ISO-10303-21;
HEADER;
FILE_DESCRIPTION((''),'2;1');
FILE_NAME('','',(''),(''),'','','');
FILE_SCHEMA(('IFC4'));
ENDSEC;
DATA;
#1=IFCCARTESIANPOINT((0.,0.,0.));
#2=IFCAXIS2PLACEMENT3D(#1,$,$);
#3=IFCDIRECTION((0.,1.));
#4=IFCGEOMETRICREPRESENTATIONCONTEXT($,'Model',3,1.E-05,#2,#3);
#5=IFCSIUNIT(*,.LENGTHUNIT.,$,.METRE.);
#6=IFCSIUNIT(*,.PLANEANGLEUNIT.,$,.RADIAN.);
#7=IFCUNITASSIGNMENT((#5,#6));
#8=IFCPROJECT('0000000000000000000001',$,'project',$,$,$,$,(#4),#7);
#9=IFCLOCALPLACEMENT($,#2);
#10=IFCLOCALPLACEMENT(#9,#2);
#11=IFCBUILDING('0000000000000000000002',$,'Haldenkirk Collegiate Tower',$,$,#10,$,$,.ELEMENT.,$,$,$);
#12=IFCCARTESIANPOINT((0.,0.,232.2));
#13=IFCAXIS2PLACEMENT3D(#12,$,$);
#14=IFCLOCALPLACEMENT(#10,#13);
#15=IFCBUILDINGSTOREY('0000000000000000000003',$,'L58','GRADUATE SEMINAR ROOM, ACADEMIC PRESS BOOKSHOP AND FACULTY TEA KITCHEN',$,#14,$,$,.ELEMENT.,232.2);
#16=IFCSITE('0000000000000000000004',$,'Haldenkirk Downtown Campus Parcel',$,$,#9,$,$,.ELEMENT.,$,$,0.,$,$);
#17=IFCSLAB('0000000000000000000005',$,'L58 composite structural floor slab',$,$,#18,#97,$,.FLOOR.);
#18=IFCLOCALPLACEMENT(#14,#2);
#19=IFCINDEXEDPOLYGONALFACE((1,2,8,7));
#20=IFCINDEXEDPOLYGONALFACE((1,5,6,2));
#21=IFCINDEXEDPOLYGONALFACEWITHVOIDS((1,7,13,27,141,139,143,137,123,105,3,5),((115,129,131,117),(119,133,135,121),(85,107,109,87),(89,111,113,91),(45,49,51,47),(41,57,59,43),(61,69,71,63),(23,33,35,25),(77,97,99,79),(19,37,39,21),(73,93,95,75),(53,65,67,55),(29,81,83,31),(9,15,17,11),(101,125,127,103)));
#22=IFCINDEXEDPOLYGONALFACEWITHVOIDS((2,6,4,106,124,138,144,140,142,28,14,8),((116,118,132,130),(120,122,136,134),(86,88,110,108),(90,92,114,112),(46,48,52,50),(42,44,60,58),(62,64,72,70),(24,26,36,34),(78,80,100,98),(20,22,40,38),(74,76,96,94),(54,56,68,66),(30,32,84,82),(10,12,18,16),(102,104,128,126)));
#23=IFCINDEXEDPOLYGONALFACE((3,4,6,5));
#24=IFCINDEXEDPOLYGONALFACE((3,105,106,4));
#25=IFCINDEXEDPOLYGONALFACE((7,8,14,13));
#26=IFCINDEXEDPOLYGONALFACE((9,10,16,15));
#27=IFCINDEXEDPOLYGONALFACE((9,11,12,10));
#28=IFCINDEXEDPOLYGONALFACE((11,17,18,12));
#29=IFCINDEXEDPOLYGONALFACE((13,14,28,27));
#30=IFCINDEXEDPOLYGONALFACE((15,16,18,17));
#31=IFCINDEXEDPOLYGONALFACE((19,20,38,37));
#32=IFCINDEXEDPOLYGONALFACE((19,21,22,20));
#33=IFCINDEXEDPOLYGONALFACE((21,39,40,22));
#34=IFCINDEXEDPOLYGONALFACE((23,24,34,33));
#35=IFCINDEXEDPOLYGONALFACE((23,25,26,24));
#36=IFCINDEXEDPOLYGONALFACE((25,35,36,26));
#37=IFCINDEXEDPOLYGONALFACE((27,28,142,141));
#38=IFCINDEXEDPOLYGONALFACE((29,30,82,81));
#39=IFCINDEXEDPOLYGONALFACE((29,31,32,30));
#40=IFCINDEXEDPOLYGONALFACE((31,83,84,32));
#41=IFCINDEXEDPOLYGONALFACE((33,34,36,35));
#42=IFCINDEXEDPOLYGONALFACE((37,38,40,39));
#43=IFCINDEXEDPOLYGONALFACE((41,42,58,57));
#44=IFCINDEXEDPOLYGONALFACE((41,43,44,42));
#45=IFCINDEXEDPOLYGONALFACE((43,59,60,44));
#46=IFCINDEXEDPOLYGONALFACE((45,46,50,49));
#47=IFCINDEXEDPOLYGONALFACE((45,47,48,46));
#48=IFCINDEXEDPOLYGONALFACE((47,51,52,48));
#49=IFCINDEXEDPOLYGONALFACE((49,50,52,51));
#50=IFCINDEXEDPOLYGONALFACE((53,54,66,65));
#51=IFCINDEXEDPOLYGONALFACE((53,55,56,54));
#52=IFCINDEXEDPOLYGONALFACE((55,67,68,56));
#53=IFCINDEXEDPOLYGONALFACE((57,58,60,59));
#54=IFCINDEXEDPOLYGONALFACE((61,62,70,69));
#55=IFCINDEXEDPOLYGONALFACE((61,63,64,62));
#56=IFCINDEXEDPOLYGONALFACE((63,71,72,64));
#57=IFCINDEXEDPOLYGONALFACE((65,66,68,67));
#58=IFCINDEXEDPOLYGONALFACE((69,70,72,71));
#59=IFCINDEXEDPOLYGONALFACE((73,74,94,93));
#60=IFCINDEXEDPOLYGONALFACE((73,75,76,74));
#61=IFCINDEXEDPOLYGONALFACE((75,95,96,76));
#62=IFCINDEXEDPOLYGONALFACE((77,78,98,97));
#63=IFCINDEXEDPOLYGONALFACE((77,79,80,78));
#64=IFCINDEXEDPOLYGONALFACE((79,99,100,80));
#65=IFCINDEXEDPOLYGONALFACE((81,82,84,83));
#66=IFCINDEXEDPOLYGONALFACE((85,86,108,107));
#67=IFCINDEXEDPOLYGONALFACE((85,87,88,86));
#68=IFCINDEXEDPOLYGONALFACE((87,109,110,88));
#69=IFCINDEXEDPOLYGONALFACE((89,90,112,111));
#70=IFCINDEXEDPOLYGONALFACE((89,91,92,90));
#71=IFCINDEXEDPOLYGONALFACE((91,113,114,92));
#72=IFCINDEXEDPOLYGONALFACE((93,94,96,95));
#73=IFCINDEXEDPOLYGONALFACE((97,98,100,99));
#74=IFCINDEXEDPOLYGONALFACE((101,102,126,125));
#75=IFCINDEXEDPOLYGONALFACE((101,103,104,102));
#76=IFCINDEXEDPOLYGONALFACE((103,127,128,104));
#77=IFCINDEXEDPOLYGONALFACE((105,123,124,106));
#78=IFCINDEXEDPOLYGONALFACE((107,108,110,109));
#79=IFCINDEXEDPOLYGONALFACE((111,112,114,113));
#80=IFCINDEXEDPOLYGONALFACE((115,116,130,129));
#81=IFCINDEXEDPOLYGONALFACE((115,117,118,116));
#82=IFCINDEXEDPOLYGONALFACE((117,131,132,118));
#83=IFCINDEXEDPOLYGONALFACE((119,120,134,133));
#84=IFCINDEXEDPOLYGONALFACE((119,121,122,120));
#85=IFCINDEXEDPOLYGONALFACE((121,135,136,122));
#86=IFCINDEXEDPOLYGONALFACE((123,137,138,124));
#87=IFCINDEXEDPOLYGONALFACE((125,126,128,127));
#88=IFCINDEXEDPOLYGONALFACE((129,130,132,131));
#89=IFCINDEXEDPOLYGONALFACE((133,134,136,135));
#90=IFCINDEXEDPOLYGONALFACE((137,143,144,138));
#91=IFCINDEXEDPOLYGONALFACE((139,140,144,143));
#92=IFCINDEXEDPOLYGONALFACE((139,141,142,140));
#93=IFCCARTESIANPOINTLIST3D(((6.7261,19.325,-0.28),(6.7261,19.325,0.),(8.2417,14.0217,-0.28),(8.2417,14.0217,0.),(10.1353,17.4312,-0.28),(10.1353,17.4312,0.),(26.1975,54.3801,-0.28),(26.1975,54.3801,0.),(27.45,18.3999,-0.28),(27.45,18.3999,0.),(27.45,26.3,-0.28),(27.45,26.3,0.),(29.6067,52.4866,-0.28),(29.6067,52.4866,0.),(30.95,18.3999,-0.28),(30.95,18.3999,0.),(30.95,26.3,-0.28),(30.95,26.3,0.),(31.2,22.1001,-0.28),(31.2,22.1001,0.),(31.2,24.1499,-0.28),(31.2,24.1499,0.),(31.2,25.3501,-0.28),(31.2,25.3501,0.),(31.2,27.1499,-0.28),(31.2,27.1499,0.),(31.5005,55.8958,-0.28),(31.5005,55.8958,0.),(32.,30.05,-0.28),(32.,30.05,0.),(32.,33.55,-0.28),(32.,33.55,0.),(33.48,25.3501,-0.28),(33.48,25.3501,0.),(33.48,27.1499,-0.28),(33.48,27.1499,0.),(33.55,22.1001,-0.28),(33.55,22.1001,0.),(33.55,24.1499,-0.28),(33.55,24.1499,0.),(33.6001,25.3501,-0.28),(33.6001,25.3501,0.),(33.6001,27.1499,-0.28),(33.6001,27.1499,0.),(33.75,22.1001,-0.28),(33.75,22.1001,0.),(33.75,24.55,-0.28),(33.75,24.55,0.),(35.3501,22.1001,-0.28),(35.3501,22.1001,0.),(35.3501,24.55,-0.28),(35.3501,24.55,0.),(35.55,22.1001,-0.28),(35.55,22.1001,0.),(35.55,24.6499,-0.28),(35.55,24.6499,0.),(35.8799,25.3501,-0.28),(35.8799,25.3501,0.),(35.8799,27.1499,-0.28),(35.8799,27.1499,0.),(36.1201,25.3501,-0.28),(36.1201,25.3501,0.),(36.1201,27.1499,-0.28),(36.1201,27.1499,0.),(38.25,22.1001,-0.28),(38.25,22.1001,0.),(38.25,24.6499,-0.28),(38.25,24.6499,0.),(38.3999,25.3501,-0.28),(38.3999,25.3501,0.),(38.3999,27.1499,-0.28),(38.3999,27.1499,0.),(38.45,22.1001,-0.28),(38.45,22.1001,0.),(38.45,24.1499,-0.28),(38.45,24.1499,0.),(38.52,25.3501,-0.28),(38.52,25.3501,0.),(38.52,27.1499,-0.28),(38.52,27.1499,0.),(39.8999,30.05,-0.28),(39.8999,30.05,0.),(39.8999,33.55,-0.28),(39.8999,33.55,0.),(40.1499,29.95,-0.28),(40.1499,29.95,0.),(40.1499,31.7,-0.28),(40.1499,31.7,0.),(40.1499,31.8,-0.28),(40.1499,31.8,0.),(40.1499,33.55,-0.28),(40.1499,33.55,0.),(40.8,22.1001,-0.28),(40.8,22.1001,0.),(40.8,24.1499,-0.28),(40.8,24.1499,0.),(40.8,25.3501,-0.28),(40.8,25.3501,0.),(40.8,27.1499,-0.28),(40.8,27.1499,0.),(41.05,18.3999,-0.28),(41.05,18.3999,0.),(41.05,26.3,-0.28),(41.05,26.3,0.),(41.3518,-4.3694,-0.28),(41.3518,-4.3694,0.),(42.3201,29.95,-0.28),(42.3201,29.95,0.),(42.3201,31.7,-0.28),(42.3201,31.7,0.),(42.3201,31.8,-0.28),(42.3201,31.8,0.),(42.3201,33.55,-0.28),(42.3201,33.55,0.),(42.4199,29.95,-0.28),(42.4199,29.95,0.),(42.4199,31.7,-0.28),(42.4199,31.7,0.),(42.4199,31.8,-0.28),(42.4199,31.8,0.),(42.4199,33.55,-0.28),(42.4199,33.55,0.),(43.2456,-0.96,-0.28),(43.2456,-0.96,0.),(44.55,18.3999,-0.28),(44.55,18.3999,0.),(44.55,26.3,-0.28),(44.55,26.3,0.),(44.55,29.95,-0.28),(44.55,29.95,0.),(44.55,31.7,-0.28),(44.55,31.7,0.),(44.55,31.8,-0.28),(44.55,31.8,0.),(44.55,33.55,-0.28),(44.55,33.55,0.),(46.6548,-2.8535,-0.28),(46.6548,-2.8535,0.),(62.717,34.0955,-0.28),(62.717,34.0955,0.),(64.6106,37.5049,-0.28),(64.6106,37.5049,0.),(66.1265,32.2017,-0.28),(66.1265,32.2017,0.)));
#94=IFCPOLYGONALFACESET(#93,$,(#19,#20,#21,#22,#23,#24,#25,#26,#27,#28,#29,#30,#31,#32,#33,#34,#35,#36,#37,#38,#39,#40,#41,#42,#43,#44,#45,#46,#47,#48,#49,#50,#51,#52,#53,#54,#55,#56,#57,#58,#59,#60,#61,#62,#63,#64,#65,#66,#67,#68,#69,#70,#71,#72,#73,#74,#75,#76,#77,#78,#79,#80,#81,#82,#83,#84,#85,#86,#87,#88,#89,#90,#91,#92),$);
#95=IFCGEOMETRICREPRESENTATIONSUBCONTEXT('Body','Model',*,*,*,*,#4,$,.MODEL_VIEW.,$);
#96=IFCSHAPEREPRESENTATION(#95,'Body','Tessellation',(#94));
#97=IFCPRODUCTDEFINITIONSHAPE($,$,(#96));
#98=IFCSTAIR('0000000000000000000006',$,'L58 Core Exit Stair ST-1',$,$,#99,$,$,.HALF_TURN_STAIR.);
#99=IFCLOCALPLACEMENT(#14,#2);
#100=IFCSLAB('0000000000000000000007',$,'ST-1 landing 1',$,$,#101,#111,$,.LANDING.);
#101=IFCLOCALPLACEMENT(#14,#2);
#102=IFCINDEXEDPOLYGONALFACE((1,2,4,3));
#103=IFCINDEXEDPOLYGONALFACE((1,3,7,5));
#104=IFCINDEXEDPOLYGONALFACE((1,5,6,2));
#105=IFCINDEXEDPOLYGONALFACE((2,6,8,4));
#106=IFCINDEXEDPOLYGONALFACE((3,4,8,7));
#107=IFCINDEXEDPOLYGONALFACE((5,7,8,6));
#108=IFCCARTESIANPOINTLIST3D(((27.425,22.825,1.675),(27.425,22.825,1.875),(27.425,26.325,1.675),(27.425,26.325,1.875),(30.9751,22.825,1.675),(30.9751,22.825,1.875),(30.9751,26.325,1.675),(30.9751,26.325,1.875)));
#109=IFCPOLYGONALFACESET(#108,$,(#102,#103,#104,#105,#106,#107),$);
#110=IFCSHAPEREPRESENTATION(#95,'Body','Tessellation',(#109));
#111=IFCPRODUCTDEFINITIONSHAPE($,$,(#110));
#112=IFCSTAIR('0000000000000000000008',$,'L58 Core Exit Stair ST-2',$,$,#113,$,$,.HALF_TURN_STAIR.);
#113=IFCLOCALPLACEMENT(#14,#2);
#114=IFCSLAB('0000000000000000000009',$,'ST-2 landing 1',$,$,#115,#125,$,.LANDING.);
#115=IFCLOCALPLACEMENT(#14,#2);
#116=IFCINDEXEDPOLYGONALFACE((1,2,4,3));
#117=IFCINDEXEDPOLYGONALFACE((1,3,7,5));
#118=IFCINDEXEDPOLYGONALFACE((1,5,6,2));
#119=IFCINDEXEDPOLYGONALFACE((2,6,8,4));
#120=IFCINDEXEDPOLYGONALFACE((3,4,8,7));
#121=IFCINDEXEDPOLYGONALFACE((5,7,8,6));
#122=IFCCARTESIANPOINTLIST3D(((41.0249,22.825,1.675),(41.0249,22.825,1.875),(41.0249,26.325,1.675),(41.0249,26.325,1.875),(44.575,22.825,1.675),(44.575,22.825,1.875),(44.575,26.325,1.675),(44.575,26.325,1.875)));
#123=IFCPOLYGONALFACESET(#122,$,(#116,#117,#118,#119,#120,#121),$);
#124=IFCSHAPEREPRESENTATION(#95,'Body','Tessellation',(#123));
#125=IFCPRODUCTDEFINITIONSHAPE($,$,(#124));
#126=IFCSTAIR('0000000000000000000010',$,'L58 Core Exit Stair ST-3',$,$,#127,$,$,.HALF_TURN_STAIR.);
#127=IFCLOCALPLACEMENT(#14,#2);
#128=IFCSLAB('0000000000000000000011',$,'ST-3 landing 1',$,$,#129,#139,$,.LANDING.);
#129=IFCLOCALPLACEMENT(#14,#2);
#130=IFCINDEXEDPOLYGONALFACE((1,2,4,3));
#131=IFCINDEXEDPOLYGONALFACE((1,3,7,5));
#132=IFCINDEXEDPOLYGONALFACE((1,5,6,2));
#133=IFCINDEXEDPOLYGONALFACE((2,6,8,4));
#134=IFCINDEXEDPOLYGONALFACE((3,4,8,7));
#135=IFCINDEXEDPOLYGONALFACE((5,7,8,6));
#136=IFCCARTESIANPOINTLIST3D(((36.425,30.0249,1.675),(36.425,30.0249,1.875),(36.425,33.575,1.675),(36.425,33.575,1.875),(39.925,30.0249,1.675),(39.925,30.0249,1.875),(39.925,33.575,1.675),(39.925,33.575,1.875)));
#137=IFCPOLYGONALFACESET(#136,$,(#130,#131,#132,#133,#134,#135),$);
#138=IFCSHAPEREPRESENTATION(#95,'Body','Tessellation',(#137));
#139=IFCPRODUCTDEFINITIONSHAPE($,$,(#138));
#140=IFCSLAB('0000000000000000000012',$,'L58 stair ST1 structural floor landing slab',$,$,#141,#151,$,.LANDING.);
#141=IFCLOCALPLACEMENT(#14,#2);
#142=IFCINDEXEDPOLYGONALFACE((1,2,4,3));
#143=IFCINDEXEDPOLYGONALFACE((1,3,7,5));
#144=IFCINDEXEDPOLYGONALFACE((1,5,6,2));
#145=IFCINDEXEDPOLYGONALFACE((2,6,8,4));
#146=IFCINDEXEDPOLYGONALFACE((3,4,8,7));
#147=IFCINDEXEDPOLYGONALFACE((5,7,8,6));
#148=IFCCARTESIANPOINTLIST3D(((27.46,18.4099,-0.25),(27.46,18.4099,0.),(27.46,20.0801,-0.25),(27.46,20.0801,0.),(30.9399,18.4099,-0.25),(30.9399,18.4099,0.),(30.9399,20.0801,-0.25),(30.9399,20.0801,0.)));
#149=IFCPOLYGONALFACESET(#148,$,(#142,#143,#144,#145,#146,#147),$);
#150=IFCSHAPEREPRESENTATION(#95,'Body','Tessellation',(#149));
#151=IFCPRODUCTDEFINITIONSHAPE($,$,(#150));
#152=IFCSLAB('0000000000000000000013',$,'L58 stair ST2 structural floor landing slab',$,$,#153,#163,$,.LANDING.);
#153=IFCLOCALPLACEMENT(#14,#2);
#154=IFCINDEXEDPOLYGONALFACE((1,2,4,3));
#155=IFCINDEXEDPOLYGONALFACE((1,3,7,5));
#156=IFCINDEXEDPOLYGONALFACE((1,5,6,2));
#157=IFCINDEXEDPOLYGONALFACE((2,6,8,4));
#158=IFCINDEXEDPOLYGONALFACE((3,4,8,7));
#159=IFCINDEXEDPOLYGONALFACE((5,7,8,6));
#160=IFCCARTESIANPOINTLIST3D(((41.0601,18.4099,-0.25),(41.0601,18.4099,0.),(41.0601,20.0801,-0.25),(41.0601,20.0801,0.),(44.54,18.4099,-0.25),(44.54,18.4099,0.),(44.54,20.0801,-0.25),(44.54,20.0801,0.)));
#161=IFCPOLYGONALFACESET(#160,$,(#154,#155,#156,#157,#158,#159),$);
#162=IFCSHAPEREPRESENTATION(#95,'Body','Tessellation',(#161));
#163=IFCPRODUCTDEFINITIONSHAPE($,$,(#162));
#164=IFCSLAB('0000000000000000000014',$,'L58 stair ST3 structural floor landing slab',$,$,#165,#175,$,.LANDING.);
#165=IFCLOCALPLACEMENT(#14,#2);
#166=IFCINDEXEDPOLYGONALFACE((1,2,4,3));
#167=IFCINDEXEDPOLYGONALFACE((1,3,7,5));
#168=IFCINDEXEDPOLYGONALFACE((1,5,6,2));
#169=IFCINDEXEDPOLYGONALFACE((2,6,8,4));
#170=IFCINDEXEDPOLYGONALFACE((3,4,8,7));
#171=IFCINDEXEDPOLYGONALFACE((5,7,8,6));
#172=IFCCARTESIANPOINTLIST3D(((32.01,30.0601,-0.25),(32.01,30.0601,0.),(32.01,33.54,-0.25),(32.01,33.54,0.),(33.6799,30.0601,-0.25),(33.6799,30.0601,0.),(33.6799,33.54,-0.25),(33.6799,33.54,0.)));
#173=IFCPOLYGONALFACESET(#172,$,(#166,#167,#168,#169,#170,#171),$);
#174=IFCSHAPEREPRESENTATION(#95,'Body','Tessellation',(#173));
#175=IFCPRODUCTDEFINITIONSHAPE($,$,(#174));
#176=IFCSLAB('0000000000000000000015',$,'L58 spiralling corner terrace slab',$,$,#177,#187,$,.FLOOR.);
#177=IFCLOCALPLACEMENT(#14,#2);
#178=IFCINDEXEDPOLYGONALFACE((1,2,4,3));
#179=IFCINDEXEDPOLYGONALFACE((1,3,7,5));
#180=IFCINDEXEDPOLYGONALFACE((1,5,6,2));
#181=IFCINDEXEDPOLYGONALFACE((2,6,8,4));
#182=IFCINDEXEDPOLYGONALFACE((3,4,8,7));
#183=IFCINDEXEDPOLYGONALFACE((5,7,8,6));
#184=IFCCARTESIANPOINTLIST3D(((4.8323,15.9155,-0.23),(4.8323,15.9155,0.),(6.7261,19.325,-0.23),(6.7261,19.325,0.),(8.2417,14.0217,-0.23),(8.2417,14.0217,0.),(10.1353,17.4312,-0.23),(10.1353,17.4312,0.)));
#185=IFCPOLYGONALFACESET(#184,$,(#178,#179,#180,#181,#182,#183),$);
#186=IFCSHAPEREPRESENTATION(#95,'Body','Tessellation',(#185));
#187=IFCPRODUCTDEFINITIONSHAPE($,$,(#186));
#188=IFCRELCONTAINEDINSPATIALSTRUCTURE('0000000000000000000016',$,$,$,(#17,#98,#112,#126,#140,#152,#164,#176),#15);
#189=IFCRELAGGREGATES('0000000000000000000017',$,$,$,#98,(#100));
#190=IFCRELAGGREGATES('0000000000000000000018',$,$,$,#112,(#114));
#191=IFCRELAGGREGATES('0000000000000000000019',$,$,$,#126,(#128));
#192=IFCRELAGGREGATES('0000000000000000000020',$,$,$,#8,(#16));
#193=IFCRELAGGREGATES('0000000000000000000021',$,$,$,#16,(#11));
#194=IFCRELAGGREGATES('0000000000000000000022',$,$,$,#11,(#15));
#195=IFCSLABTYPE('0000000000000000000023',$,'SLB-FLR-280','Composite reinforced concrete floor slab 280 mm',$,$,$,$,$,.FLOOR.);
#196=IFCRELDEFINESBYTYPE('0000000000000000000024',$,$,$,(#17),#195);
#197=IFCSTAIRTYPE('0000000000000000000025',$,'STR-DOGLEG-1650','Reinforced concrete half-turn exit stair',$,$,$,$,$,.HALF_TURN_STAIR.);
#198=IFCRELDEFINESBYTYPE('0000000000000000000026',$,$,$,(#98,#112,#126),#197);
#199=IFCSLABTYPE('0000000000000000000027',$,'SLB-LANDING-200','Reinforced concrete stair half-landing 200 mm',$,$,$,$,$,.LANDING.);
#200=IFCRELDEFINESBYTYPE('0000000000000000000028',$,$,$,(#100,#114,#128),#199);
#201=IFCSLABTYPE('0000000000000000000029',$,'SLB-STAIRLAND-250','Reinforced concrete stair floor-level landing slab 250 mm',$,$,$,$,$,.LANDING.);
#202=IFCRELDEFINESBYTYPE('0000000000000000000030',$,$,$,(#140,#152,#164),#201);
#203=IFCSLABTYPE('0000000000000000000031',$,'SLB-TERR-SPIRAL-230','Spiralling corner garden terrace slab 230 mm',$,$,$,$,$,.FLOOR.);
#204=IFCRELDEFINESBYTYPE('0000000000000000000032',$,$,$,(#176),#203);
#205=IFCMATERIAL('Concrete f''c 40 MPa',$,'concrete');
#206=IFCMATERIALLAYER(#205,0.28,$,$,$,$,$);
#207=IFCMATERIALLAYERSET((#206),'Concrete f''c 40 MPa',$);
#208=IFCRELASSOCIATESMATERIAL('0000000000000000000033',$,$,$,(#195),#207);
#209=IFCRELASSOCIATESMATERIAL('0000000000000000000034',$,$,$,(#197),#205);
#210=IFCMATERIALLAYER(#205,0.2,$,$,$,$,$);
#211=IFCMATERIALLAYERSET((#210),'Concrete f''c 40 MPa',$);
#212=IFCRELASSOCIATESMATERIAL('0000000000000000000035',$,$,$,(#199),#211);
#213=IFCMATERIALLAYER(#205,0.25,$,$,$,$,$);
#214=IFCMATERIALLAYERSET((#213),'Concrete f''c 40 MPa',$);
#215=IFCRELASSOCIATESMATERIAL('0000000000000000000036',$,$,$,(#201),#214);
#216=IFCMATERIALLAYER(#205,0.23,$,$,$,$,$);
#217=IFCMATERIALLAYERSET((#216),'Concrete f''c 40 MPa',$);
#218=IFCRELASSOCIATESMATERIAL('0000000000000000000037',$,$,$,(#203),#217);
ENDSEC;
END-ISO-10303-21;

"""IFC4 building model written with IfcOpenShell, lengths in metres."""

from ifc_helpers import new_model, si_unit, direction, frame, origin, place, context, subcontext, project, spatial, polyline, outline, extrude, material, layer, layer_set, type_object, element, aggregate, save


model = new_model("IFC4")

# Units and contexts
model_context = context("Model", 3, precision=1e-05, world=origin(), true_north=direction((0.0, 1.0)))
body_context = subcontext(model_context, "Body", "Model", "MODEL_VIEW")
ifc_project = project(units=[si_unit("LENGTHUNIT", "METRE"), si_unit("PLANEANGLEUNIT", "RADIAN")], contexts=[model_context])

# Site, building, storey
site_placement = place(None, origin())
site = spatial("IfcSite", under=ifc_project, at=site_placement, Name="Haldenkirk Downtown Campus Parcel", CompositionType="ELEMENT", RefElevation=0.0)
building_placement = place(site_placement, origin())
building = spatial("IfcBuilding", under=site, at=building_placement, Name="Haldenkirk Collegiate Tower", CompositionType="ELEMENT")
storey_placement = place(building_placement, frame((0.0, 0.0, 232.2)))
storey = spatial("IfcBuildingStorey", under=building, at=storey_placement, Name="L58", Description="GRADUATE SEMINAR ROOM, ACADEMIC PRESS BOOKSHOP AND FACULTY TEA KITCHEN", CompositionType="ELEMENT", Elevation=232.2)

# Slab
ifc_material_1 = material(Name="Concrete f'c 40 MPa", Category="concrete")
ifc_layer_1 = layer(ifc_material_1, 0.28)
ifc_layer_set_1 = layer_set([ifc_layer_1], Name="Concrete f'c 40 MPa")
slab_type_1 = type_object("IfcSlabType", Name="SLB-FLR-280", Description="Composite reinforced concrete floor slab 280 mm", PredefinedType="FLOOR", material=ifc_layer_set_1)
slab_1_placement = place(storey_placement, frame((0.0, 0.0, -0.28)))
element("IfcSlab", 1, at=slab_1_placement, inside=storey, type_object=slab_type_1, Name="L58 composite structural floor slab", PredefinedType="FLOOR", context=body_context, shape_type="SweptSolid", body=[
    extrude(outline(polyline([(46.6548, -2.8535), (66.1265, 32.2017), (62.717, 34.0955), (64.6106, 37.5049), (31.5005, 55.8958), (29.6067, 52.4866), (26.1975, 54.3801), (6.7261, 19.325), (10.1353, 17.4312), (8.2417, 14.0217), (41.3518, -4.3694), (43.2456, -0.96), (46.6548, -2.8535)]), holes=[polyline([(27.45, 18.3999), (30.95, 18.3999), (30.95, 26.3), (27.45, 26.3), (27.45, 18.3999)]), polyline([(41.05, 18.3999), (44.55, 18.3999), (44.55, 26.3), (41.05, 26.3), (41.05, 18.3999)]), polyline([(32.0, 30.05), (39.8999, 30.05), (39.8999, 33.55), (32.0, 33.55), (32.0, 30.05)]), polyline([(33.75, 22.1001), (35.3501, 22.1001), (35.3501, 24.55), (33.75, 24.55), (33.75, 22.1001)]), polyline([(40.1499, 29.95), (42.3201, 29.95), (42.3201, 31.7), (40.1499, 31.7), (40.1499, 29.95)]), polyline([(42.4199, 29.95), (44.55, 29.95), (44.55, 31.7), (42.4199, 31.7), (42.4199, 29.95)]), polyline([(40.1499, 31.8), (42.3201, 31.8), (42.3201, 33.55), (40.1499, 33.55), (40.1499, 31.8)]), polyline([(42.4199, 31.8), (44.55, 31.8), (44.55, 33.55), (42.4199, 33.55), (42.4199, 31.8)]), polyline([(31.2, 25.3501), (33.48, 25.3501), (33.48, 27.1499), (31.2, 27.1499), (31.2, 25.3501)]), polyline([(33.6001, 25.3501), (35.8799, 25.3501), (35.8799, 27.1499), (33.6001, 27.1499), (33.6001, 25.3501)]), polyline([(36.1201, 25.3501), (38.3999, 25.3501), (38.3999, 27.1499), (36.1201, 27.1499), (36.1201, 25.3501)]), polyline([(38.52, 25.3501), (40.8, 25.3501), (40.8, 27.1499), (38.52, 27.1499), (38.52, 25.3501)]), polyline([(31.2, 22.1001), (33.55, 22.1001), (33.55, 24.1499), (31.2, 24.1499), (31.2, 22.1001)]), polyline([(38.45, 22.1001), (40.8, 22.1001), (40.8, 24.1499), (38.45, 24.1499), (38.45, 22.1001)]), polyline([(35.55, 22.1001), (38.25, 22.1001), (38.25, 24.6499), (35.55, 24.6499), (35.55, 22.1001)])]), origin(), (0.0, 0.0, 1.0), 0.28),
])

# Stairs, slabs
stair_type = type_object("IfcStairType", Name="STR-DOGLEG-1650", Description="Reinforced concrete half-turn exit stair", PredefinedType="HALF_TURN_STAIR", material=ifc_material_1)
stair_1_placement = place(storey_placement, origin())
stair_1 = element("IfcStair", 2, at=stair_1_placement, inside=storey, type_object=stair_type, Name="L58 Core Exit Stair ST-1", PredefinedType="HALF_TURN_STAIR")
ifc_layer_2 = layer(ifc_material_1, 0.2)
ifc_layer_set_2 = layer_set([ifc_layer_2], Name="Concrete f'c 40 MPa")
slab_type_2 = type_object("IfcSlabType", Name="SLB-LANDING-200", Description="Reinforced concrete stair half-landing 200 mm", PredefinedType="LANDING", material=ifc_layer_set_2)
slab_2_placement = place(storey_placement, frame((0.0, 0.0, 1.675)))
slab_2 = element("IfcSlab", 3, at=slab_2_placement, type_object=slab_type_2, Name="ST-1 landing 1", PredefinedType="LANDING", context=body_context, shape_type="SweptSolid", body=[
    extrude(outline(polyline([(30.9751, 22.825), (27.425, 22.825), (27.425, 26.325), (30.9751, 26.325), (30.9751, 22.825)])), origin(), (0.0, 0.0, 1.0), 0.2),
])
aggregate(stair_1, [slab_2])
stair_2_placement = place(storey_placement, origin())
stair_2 = element("IfcStair", 4, at=stair_2_placement, inside=storey, type_object=stair_type, Name="L58 Core Exit Stair ST-2", PredefinedType="HALF_TURN_STAIR")
slab_3_placement = place(storey_placement, frame((0.0, 0.0, 1.675)))
slab_3 = element("IfcSlab", 5, at=slab_3_placement, type_object=slab_type_2, Name="ST-2 landing 1", PredefinedType="LANDING", context=body_context, shape_type="SweptSolid", body=[
    extrude(outline(polyline([(44.575, 22.825), (41.0249, 22.825), (41.0249, 26.325), (44.575, 26.325), (44.575, 22.825)])), origin(), (0.0, 0.0, 1.0), 0.2),
])
aggregate(stair_2, [slab_3])
stair_3_placement = place(storey_placement, origin())
stair_3 = element("IfcStair", 6, at=stair_3_placement, inside=storey, type_object=stair_type, Name="L58 Core Exit Stair ST-3", PredefinedType="HALF_TURN_STAIR")
slab_4_placement = place(storey_placement, frame((0.0, 0.0, 1.675)))
slab_4 = element("IfcSlab", 7, at=slab_4_placement, type_object=slab_type_2, Name="ST-3 landing 1", PredefinedType="LANDING", context=body_context, shape_type="SweptSolid", body=[
    extrude(outline(polyline([(36.425, 30.0249), (36.425, 33.575), (39.925, 33.575), (39.925, 30.0249), (36.425, 30.0249)])), origin(), (0.0, 0.0, 1.0), 0.2),
])
aggregate(stair_3, [slab_4])

# Slabs
ifc_layer_3 = layer(ifc_material_1, 0.25)
ifc_layer_set_3 = layer_set([ifc_layer_3], Name="Concrete f'c 40 MPa")
slab_type_3 = type_object("IfcSlabType", Name="SLB-STAIRLAND-250", Description="Reinforced concrete stair floor-level landing slab 250 mm", PredefinedType="LANDING", material=ifc_layer_set_3)
slab_5_placement = place(storey_placement, frame((0.0, 0.0, -0.25)))
element("IfcSlab", 8, at=slab_5_placement, inside=storey, type_object=slab_type_3, Name="L58 stair ST1 structural floor landing slab", PredefinedType="LANDING", context=body_context, shape_type="SweptSolid", body=[
    extrude(outline(polyline([(27.46, 18.4099), (30.9399, 18.4099), (30.9399, 20.0801), (27.46, 20.0801), (27.46, 18.4099)])), origin(), (0.0, 0.0, 1.0), 0.25),
])
slab_6_placement = place(storey_placement, frame((0.0, 0.0, -0.25)))
element("IfcSlab", 9, at=slab_6_placement, inside=storey, type_object=slab_type_3, Name="L58 stair ST2 structural floor landing slab", PredefinedType="LANDING", context=body_context, shape_type="SweptSolid", body=[
    extrude(outline(polyline([(41.0601, 18.4099), (44.54, 18.4099), (44.54, 20.0801), (41.0601, 20.0801), (41.0601, 18.4099)])), origin(), (0.0, 0.0, 1.0), 0.25),
])
slab_7_placement = place(storey_placement, frame((0.0, 0.0, -0.25)))
element("IfcSlab", 10, at=slab_7_placement, inside=storey, type_object=slab_type_3, Name="L58 stair ST3 structural floor landing slab", PredefinedType="LANDING", context=body_context, shape_type="SweptSolid", body=[
    extrude(outline(polyline([(32.01, 30.0601), (33.6799, 30.0601), (33.6799, 33.54), (32.01, 33.54), (32.01, 30.0601)])), origin(), (0.0, 0.0, 1.0), 0.25),
])
ifc_layer_4 = layer(ifc_material_1, 0.23)
ifc_layer_set_4 = layer_set([ifc_layer_4], Name="Concrete f'c 40 MPa")
slab_type_4 = type_object("IfcSlabType", Name="SLB-TERR-SPIRAL-230", Description="Spiralling corner garden terrace slab 230 mm", PredefinedType="FLOOR", material=ifc_layer_set_4)
slab_8_placement = place(storey_placement, frame((0.0, 0.0, -0.23)))
element("IfcSlab", 11, at=slab_8_placement, inside=storey, type_object=slab_type_4, Name="L58 spiralling corner terrace slab", PredefinedType="FLOOR", context=body_context, shape_type="SweptSolid", body=[
    extrude(outline(polyline([(8.2417, 14.0217), (10.1353, 17.4312), (6.7261, 19.325), (4.8323, 15.9155), (8.2417, 14.0217)])), origin(), (0.0, 0.0, 1.0), 0.23),
])

save(model, "model.ifc")
